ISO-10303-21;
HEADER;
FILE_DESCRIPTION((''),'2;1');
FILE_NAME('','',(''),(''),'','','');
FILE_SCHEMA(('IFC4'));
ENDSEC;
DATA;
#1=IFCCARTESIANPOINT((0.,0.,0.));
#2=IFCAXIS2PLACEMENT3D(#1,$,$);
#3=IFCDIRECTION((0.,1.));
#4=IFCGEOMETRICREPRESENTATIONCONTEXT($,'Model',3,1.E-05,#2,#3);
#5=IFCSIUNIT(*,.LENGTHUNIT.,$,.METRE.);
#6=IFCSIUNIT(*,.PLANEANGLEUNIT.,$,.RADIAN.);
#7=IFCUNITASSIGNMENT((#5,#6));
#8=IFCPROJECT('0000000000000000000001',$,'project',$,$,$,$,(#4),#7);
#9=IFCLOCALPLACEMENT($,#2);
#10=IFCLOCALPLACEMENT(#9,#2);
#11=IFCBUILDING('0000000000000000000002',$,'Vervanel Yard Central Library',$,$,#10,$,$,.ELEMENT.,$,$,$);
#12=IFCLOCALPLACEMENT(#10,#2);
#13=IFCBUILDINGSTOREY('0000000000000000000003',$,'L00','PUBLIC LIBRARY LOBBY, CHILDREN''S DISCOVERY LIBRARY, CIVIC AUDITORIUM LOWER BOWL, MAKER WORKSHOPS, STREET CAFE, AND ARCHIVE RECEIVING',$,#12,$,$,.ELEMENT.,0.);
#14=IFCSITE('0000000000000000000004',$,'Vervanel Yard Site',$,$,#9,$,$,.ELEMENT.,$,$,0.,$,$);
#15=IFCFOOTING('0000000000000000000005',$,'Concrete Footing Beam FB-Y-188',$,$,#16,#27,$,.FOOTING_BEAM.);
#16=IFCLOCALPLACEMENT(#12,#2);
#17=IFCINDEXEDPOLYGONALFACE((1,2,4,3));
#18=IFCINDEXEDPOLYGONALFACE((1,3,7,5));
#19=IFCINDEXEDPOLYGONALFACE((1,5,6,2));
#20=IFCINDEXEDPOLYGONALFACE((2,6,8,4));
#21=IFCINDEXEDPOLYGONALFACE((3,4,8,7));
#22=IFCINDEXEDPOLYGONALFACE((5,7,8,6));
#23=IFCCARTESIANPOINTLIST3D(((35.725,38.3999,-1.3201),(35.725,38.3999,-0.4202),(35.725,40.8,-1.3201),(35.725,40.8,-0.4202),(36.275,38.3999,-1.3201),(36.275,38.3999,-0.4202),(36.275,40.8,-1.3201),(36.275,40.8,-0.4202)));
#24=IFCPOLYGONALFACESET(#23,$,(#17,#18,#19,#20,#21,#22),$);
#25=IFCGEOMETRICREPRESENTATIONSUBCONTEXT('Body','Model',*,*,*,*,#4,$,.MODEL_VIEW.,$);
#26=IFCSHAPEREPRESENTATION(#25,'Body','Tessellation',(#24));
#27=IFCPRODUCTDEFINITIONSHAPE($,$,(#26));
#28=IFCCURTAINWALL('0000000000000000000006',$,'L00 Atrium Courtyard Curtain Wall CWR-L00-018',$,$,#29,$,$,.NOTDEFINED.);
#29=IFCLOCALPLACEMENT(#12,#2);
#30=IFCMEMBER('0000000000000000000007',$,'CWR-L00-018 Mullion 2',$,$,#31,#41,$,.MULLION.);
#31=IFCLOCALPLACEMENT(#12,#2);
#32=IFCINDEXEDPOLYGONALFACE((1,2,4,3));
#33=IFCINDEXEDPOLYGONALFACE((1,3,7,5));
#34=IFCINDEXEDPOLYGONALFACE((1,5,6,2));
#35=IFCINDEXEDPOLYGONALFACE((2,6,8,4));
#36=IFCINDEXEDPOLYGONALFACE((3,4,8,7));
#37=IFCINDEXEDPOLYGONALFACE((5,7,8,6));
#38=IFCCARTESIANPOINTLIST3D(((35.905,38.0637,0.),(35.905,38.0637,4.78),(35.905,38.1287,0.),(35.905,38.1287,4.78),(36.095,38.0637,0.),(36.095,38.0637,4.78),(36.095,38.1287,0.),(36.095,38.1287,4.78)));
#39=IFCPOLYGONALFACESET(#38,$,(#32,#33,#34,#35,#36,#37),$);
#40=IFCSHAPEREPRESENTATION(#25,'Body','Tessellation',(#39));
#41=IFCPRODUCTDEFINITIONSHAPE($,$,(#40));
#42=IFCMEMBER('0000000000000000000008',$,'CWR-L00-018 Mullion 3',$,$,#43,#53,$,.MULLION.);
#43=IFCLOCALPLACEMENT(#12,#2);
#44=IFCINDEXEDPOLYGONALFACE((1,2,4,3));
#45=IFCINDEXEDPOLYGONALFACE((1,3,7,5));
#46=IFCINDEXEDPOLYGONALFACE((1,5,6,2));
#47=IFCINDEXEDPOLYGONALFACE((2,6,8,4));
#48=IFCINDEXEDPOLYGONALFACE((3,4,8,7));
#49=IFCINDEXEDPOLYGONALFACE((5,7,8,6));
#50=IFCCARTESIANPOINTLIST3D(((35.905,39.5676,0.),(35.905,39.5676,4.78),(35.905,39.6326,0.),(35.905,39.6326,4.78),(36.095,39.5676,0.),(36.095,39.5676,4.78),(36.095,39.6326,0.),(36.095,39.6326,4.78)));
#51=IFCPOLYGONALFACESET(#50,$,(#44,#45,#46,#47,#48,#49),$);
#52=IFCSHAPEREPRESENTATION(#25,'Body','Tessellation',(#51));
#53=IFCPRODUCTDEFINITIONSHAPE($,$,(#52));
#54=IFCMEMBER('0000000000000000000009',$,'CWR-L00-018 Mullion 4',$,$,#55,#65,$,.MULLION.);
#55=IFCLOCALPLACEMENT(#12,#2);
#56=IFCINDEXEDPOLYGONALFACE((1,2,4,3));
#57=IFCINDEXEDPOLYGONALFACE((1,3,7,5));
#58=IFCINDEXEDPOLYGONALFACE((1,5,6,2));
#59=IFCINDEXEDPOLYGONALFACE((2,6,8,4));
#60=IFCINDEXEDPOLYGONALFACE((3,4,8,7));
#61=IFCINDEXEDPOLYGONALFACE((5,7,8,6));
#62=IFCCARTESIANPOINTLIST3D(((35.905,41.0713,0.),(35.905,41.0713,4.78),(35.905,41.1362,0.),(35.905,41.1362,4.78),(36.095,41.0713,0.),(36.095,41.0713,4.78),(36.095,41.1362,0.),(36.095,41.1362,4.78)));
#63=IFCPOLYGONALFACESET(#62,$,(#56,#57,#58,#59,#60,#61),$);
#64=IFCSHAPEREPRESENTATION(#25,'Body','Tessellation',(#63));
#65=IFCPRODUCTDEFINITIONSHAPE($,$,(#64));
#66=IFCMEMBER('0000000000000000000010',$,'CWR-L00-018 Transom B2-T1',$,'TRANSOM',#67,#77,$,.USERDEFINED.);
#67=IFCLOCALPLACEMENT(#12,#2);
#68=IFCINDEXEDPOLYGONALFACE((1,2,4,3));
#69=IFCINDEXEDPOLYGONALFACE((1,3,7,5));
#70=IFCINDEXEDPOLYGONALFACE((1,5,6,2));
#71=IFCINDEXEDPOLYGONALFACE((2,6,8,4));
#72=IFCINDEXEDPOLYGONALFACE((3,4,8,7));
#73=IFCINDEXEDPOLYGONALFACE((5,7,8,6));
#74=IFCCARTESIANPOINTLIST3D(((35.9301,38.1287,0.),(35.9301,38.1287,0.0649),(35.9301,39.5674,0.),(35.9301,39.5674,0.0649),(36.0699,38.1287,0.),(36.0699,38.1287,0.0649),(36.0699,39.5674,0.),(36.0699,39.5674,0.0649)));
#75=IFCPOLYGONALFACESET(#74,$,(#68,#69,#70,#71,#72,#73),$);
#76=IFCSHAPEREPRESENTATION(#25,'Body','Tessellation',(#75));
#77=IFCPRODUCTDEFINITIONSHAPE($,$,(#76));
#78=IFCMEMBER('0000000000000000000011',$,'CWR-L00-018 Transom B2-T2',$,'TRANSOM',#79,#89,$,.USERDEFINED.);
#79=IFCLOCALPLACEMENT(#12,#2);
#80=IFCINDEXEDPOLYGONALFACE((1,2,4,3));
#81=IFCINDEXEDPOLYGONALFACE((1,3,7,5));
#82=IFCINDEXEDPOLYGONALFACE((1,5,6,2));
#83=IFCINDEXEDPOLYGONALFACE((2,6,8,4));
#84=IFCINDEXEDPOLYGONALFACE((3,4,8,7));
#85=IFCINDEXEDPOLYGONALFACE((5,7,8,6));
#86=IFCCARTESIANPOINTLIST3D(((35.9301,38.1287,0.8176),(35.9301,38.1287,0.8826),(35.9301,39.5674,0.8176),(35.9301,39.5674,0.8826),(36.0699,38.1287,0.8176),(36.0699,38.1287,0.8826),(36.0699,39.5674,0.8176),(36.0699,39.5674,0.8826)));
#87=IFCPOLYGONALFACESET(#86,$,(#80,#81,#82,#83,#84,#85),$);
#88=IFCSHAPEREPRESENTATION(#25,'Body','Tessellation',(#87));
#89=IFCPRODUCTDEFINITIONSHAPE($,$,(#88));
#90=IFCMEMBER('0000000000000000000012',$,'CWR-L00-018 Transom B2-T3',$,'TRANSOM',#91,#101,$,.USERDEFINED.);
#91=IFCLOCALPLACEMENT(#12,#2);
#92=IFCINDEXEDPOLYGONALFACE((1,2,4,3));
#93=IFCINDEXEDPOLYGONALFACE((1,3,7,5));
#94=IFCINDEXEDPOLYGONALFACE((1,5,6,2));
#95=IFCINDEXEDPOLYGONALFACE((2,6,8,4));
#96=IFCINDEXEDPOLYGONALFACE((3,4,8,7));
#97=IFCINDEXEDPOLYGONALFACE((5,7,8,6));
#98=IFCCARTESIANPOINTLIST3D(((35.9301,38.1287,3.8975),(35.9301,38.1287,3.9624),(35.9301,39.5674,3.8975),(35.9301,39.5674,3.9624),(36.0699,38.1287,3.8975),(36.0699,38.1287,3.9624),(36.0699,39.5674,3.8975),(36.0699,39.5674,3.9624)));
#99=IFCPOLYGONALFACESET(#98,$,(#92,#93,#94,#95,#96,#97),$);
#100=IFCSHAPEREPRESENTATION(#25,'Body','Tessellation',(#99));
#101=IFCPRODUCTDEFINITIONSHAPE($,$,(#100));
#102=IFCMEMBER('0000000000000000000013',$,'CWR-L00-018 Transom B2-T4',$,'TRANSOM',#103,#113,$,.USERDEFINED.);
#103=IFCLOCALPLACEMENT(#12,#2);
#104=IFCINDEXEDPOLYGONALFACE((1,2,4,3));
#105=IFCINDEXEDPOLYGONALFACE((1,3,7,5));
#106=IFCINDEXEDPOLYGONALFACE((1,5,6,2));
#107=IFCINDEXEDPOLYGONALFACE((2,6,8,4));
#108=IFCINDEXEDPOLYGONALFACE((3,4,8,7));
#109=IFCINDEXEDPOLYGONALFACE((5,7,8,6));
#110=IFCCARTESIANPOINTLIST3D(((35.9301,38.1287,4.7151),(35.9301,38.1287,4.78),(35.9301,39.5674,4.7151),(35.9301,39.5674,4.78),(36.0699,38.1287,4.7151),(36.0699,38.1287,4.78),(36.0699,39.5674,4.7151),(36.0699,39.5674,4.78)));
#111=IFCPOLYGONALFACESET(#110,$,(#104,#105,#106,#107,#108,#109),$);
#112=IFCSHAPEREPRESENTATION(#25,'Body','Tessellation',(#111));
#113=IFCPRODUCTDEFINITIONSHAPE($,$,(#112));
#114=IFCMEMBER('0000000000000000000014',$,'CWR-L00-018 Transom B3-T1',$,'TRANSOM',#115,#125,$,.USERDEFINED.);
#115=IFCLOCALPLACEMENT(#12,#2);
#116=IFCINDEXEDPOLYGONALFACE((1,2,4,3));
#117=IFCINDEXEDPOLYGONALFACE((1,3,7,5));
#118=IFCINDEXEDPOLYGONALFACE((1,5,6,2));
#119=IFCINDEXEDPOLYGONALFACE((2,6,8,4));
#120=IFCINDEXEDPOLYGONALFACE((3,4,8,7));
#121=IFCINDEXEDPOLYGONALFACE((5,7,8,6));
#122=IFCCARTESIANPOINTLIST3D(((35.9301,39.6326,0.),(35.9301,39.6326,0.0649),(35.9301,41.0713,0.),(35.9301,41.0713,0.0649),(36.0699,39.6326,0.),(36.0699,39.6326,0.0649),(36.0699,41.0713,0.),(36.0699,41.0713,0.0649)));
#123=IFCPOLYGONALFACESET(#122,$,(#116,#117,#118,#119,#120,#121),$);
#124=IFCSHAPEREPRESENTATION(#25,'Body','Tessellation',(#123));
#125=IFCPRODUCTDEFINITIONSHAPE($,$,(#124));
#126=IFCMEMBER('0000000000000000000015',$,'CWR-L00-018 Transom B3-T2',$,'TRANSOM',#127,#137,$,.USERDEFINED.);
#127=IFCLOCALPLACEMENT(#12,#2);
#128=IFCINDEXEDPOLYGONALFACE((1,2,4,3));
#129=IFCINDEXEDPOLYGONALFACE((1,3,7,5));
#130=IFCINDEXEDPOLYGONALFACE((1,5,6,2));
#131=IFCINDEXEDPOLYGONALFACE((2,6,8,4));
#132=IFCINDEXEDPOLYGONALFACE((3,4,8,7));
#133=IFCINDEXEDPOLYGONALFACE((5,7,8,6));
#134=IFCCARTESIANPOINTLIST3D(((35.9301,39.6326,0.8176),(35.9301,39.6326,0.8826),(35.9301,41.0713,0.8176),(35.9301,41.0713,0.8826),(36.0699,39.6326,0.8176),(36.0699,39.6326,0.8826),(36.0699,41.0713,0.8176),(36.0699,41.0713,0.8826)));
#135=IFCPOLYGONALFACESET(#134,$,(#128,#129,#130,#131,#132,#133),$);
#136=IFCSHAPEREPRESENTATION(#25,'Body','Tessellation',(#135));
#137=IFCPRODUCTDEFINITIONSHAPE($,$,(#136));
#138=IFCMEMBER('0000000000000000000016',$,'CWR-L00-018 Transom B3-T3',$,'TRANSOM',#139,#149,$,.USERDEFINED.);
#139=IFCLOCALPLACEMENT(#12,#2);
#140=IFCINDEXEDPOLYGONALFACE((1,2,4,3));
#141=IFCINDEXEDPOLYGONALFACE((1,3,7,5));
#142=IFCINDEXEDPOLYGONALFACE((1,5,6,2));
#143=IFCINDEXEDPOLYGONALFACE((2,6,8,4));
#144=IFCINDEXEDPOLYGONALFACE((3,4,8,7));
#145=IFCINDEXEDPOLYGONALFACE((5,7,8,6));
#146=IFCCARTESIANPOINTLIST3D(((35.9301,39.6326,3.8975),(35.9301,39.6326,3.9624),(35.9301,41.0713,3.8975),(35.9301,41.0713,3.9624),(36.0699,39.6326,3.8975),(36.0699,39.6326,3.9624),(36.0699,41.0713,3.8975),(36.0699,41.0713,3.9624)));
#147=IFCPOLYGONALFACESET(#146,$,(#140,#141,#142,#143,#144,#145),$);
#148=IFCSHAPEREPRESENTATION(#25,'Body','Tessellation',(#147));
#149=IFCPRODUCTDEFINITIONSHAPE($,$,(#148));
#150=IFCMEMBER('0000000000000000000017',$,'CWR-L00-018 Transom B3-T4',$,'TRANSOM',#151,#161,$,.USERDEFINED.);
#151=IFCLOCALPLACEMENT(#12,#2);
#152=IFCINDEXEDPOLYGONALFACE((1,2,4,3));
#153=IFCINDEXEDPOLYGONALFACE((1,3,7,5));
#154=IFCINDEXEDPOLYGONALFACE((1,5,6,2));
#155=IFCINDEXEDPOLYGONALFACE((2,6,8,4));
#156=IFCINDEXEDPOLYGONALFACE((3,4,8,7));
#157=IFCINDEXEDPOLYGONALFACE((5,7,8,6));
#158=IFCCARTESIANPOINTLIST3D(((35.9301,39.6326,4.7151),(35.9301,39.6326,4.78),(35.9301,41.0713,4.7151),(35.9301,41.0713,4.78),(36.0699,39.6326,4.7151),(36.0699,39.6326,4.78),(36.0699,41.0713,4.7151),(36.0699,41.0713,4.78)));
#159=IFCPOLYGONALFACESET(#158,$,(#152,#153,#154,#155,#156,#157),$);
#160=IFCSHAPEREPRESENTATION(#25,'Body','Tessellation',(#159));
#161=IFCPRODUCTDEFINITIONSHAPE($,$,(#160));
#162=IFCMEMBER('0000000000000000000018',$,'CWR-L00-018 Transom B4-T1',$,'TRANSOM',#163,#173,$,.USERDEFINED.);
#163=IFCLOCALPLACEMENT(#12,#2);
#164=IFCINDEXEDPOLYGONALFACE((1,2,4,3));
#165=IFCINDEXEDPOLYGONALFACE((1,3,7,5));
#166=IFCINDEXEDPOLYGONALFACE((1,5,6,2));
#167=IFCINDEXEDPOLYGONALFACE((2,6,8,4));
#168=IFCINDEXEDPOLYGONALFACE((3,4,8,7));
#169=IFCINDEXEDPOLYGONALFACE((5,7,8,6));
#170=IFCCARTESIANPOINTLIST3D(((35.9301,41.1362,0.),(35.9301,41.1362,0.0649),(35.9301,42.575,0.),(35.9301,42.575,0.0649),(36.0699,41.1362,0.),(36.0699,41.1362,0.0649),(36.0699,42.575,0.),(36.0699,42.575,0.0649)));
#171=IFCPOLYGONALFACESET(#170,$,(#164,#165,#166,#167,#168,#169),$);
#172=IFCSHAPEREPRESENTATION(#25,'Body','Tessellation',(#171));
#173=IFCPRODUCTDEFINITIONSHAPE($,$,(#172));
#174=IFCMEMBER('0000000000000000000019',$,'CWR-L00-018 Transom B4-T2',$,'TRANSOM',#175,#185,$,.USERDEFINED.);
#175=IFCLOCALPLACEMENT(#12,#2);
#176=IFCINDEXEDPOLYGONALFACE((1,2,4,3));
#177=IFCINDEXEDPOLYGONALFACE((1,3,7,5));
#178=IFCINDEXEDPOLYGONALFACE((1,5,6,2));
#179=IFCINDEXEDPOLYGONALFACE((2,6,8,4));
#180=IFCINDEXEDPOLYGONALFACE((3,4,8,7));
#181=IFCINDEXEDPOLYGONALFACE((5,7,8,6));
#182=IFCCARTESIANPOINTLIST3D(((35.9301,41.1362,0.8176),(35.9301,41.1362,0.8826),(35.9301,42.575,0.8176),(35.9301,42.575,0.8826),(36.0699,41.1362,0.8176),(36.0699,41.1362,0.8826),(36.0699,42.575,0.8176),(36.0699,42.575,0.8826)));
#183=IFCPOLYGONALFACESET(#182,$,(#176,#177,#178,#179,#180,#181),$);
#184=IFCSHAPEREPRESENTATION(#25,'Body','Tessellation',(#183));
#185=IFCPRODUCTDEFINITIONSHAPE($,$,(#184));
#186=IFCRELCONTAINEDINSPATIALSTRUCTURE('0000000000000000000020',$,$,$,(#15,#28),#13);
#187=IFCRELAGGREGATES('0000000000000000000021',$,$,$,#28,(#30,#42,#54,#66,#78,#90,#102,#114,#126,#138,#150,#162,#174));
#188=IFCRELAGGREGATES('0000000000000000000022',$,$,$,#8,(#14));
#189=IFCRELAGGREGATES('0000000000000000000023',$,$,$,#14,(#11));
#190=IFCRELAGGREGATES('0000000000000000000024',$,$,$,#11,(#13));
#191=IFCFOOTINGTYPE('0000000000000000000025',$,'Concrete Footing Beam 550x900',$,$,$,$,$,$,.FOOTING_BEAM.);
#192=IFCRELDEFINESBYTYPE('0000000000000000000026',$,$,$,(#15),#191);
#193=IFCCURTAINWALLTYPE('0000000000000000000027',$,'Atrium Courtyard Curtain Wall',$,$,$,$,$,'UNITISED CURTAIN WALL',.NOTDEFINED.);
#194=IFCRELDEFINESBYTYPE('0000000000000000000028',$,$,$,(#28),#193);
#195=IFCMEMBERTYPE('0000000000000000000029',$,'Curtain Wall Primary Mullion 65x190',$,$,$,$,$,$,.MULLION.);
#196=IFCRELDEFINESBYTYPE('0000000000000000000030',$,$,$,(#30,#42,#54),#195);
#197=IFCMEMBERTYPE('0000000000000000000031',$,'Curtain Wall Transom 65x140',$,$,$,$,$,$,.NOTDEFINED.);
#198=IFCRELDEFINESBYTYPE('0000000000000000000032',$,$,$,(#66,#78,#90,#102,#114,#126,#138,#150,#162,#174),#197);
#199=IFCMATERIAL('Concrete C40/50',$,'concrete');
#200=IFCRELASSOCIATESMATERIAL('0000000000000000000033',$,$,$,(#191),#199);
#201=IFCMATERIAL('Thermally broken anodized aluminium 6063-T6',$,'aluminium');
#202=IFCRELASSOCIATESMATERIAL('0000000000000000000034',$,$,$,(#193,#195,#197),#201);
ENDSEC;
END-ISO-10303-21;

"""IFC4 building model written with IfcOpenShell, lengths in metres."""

from ifc_helpers import new_model, si_unit, direction, frame, origin, origin_2d, place, context, subcontext, project, spatial, rectangle, extrude, material, material_profile, profile_set, type_object, element, aggregate, save


model = new_model("IFC4")

# Units and contexts
model_context = context("Model", 3, precision=1e-05, world=origin(), true_north=direction((0.0, 1.0)))
body_context = subcontext(model_context, "Body", "Model", "MODEL_VIEW")
ifc_project = project(units=[si_unit("LENGTHUNIT", "METRE"), si_unit("PLANEANGLEUNIT", "RADIAN")], contexts=[model_context])

# Site, building, storey
site_placement = place(None, origin())
site = spatial("IfcSite", under=ifc_project, at=site_placement, Name="Vervanel Yard Site", CompositionType="ELEMENT", RefElevation=0.0)
building_placement = place(site_placement, origin())
building = spatial("IfcBuilding", under=site, at=building_placement, Name="Vervanel Yard Central Library", CompositionType="ELEMENT")
storey_placement = place(building_placement, origin())
storey = spatial("IfcBuildingStorey", under=building, at=storey_placement, Name="L00", Description="PUBLIC LIBRARY LOBBY, CHILDREN'S DISCOVERY LIBRARY, CIVIC AUDITORIUM LOWER BOWL, MAKER WORKSHOPS, STREET CAFE, AND ARCHIVE RECEIVING", CompositionType="ELEMENT", Elevation=0.0)

# Footing
ifc_material_1 = material(Name="Concrete C40/50", Category="concrete")
ifc_material_profile_1 = material_profile(ifc_material_1, rectangle(XDim=0.55, YDim=0.8999, at=origin_2d()), Name="RC 550x900", Category="concrete")
ifc_profile_set_1 = profile_set([ifc_material_profile_1], Name="Concrete C40/50")
footing_type = type_object("IfcFootingType", Name="Concrete Footing Beam 550x900", PredefinedType="FOOTING_BEAM", material=ifc_profile_set_1)
footing_placement = place(storey_placement, frame((36.0, 38.3999, -0.8701), z_axis=(0.0, 1.0, 0.0), x_axis=(-1.0, 0.0, 0.0)))
element("IfcFooting", 1, at=footing_placement, inside=storey, type_object=footing_type, Name="Concrete Footing Beam FB-Y-188", PredefinedType="FOOTING_BEAM", context=body_context, shape_type="SweptSolid", body=[
    extrude(rectangle(XDim=0.55, YDim=0.8999, at=origin_2d()), origin(), (0.0, 0.0, 1.0), 2.4001),
])

# Curtain wall, members
ifc_material_2 = material(Name="Thermally broken anodized aluminium 6063-T6", Category="aluminium")
curtain_wall_type = type_object("IfcCurtainWallType", Name="Atrium Courtyard Curtain Wall", ElementType="UNITISED CURTAIN WALL", PredefinedType="NOTDEFINED", material=ifc_material_2)
curtain_wall_placement = place(storey_placement, origin())
curtain_wall = element("IfcCurtainWall", 2, at=curtain_wall_placement, inside=storey, type_object=curtain_wall_type, Name="L00 Atrium Courtyard Curtain Wall CWR-L00-018", PredefinedType="NOTDEFINED")
ifc_material_profile_2 = material_profile(ifc_material_2, rectangle(XDim=0.0649, YDim=0.1899, at=origin_2d()), Name="ALU 65x190", Category="aluminium")
ifc_profile_set_2 = profile_set([ifc_material_profile_2], Name="Thermally broken anodized aluminium 6063-T6")
member_type_1 = type_object("IfcMemberType", Name="Curtain Wall Primary Mullion 65x190", PredefinedType="MULLION", material=ifc_profile_set_2)
member_1_placement = place(storey_placement, frame((36.0, 38.0962, 0.0), z_axis=(0.0, 0.0, 1.0), x_axis=(0.0, 1.0, 0.0)))
member_1 = element("IfcMember", 3, at=member_1_placement, type_object=member_type_1, Name="CWR-L00-018 Mullion 2", PredefinedType="MULLION", context=body_context, shape_type="SweptSolid", body=[
    extrude(rectangle(XDim=0.0649, YDim=0.1899, at=origin_2d()), origin(), (0.0, 0.0, 1.0), 4.78),
])
member_2_placement = place(storey_placement, frame((36.0, 39.6001, 0.0), z_axis=(0.0, 0.0, 1.0), x_axis=(0.0, 1.0, 0.0)))
member_2 = element("IfcMember", 4, at=member_2_placement, type_object=member_type_1, Name="CWR-L00-018 Mullion 3", PredefinedType="MULLION", context=body_context, shape_type="SweptSolid", body=[
    extrude(rectangle(XDim=0.0649, YDim=0.1899, at=origin_2d()), origin(), (0.0, 0.0, 1.0), 4.78),
])
member_3_placement = place(storey_placement, frame((36.0, 41.1038, 0.0), z_axis=(0.0, 0.0, 1.0), x_axis=(0.0, 1.0, 0.0)))
member_3 = element("IfcMember", 5, at=member_3_placement, type_object=member_type_1, Name="CWR-L00-018 Mullion 4", PredefinedType="MULLION", context=body_context, shape_type="SweptSolid", body=[
    extrude(rectangle(XDim=0.0649, YDim=0.1899, at=origin_2d()), origin(), (0.0, 0.0, 1.0), 4.78),
])
ifc_material_profile_3 = material_profile(ifc_material_2, rectangle(XDim=0.0649, YDim=0.1399, at=origin_2d()), Name="ALU 65x140", Category="aluminium")
ifc_profile_set_3 = profile_set([ifc_material_profile_3], Name="Thermally broken anodized aluminium 6063-T6")
member_type_2 = type_object("IfcMemberType", Name="Curtain Wall Transom 65x140", PredefinedType="NOTDEFINED", material=ifc_profile_set_3)
member_4_placement = place(storey_placement, frame((36.0, 38.1287, 0.0325), z_axis=(0.0, 1.0, 0.0), x_axis=(0.0, 0.0, 1.0)))
member_4 = element("IfcMember", 6, at=member_4_placement, type_object=member_type_2, Name="CWR-L00-018 Transom B2-T1", ObjectType="TRANSOM", PredefinedType="USERDEFINED", context=body_context, shape_type="SweptSolid", body=[
    extrude(rectangle(XDim=0.0649, YDim=0.1399, at=origin_2d()), origin(), (0.0, 0.0, 1.0), 1.4387),
])
member_5_placement = place(storey_placement, frame((36.0, 38.1287, 0.8501), z_axis=(0.0, 1.0, 0.0), x_axis=(0.0, 0.0, 1.0)))
member_5 = element("IfcMember", 7, at=member_5_placement, type_object=member_type_2, Name="CWR-L00-018 Transom B2-T2", ObjectType="TRANSOM", PredefinedType="USERDEFINED", context=body_context, shape_type="SweptSolid", body=[
    extrude(rectangle(XDim=0.0649, YDim=0.1399, at=origin_2d()), origin(), (0.0, 0.0, 1.0), 1.4387),
])
member_6_placement = place(storey_placement, frame((36.0, 38.1287, 3.9299), z_axis=(0.0, 1.0, 0.0), x_axis=(0.0, 0.0, 1.0)))
member_6 = element("IfcMember", 8, at=member_6_placement, type_object=member_type_2, Name="CWR-L00-018 Transom B2-T3", ObjectType="TRANSOM", PredefinedType="USERDEFINED", context=body_context, shape_type="SweptSolid", body=[
    extrude(rectangle(XDim=0.0649, YDim=0.1399, at=origin_2d()), origin(), (0.0, 0.0, 1.0), 1.4387),
])
member_7_placement = place(storey_placement, frame((36.0, 38.1287, 4.7476), z_axis=(0.0, 1.0, 0.0), x_axis=(0.0, 0.0, 1.0)))
member_7 = element("IfcMember", 9, at=member_7_placement, type_object=member_type_2, Name="CWR-L00-018 Transom B2-T4", ObjectType="TRANSOM", PredefinedType="USERDEFINED", context=body_context, shape_type="SweptSolid", body=[
    extrude(rectangle(XDim=0.0649, YDim=0.1399, at=origin_2d()), origin(), (0.0, 0.0, 1.0), 1.4387),
])
member_8_placement = place(storey_placement, frame((36.0, 39.6326, 0.0325), z_axis=(0.0, 1.0, 0.0), x_axis=(0.0, 0.0, 1.0)))
member_8 = element("IfcMember", 10, at=member_8_placement, type_object=member_type_2, Name="CWR-L00-018 Transom B3-T1", ObjectType="TRANSOM", PredefinedType="USERDEFINED", context=body_context, shape_type="SweptSolid", body=[
    extrude(rectangle(XDim=0.0649, YDim=0.1399, at=origin_2d()), origin(), (0.0, 0.0, 1.0), 1.4387),
])
member_9_placement = place(storey_placement, frame((36.0, 39.6326, 0.8501), z_axis=(0.0, 1.0, 0.0), x_axis=(0.0, 0.0, 1.0)))
member_9 = element("IfcMember", 11, at=member_9_placement, type_object=member_type_2, Name="CWR-L00-018 Transom B3-T2", ObjectType="TRANSOM", PredefinedType="USERDEFINED", context=body_context, shape_type="SweptSolid", body=[
    extrude(rectangle(XDim=0.0649, YDim=0.1399, at=origin_2d()), origin(), (0.0, 0.0, 1.0), 1.4387),
])
member_10_placement = place(storey_placement, frame((36.0, 39.6326, 3.9299), z_axis=(0.0, 1.0, 0.0), x_axis=(0.0, 0.0, 1.0)))
member_10 = element("IfcMember", 12, at=member_10_placement, type_object=member_type_2, Name="CWR-L00-018 Transom B3-T3", ObjectType="TRANSOM", PredefinedType="USERDEFINED", context=body_context, shape_type="SweptSolid", body=[
    extrude(rectangle(XDim=0.0649, YDim=0.1399, at=origin_2d()), origin(), (0.0, 0.0, 1.0), 1.4387),
])
member_11_placement = place(storey_placement, frame((36.0, 39.6326, 4.7476), z_axis=(0.0, 1.0, 0.0), x_axis=(0.0, 0.0, 1.0)))
member_11 = element("IfcMember", 13, at=member_11_placement, type_object=member_type_2, Name="CWR-L00-018 Transom B3-T4", ObjectType="TRANSOM", PredefinedType="USERDEFINED", context=body_context, shape_type="SweptSolid", body=[
    extrude(rectangle(XDim=0.0649, YDim=0.1399, at=origin_2d()), origin(), (0.0, 0.0, 1.0), 1.4387),
])
member_12_placement = place(storey_placement, frame((36.0, 41.1362, 0.0325), z_axis=(0.0, 1.0, 0.0), x_axis=(0.0, 0.0, 1.0)))
member_12 = element("IfcMember", 14, at=member_12_placement, type_object=member_type_2, Name="CWR-L00-018 Transom B4-T1", ObjectType="TRANSOM", PredefinedType="USERDEFINED", context=body_context, shape_type="SweptSolid", body=[
    extrude(rectangle(XDim=0.0649, YDim=0.1399, at=origin_2d()), origin(), (0.0, 0.0, 1.0), 1.4387),
])
member_13_placement = place(storey_placement, frame((36.0, 41.1362, 0.8501), z_axis=(0.0, 1.0, 0.0), x_axis=(0.0, 0.0, 1.0)))
member_13 = element("IfcMember", 15, at=member_13_placement, type_object=member_type_2, Name="CWR-L00-018 Transom B4-T2", ObjectType="TRANSOM", PredefinedType="USERDEFINED", context=body_context, shape_type="SweptSolid", body=[
    extrude(rectangle(XDim=0.0649, YDim=0.1399, at=origin_2d()), origin(), (0.0, 0.0, 1.0), 1.4387),
])
aggregate(curtain_wall, [member_1, member_2, member_3, member_4, member_5, member_6, member_7, member_8, member_9, member_10, member_11, member_12, member_13])

save(model, "model.ifc")
